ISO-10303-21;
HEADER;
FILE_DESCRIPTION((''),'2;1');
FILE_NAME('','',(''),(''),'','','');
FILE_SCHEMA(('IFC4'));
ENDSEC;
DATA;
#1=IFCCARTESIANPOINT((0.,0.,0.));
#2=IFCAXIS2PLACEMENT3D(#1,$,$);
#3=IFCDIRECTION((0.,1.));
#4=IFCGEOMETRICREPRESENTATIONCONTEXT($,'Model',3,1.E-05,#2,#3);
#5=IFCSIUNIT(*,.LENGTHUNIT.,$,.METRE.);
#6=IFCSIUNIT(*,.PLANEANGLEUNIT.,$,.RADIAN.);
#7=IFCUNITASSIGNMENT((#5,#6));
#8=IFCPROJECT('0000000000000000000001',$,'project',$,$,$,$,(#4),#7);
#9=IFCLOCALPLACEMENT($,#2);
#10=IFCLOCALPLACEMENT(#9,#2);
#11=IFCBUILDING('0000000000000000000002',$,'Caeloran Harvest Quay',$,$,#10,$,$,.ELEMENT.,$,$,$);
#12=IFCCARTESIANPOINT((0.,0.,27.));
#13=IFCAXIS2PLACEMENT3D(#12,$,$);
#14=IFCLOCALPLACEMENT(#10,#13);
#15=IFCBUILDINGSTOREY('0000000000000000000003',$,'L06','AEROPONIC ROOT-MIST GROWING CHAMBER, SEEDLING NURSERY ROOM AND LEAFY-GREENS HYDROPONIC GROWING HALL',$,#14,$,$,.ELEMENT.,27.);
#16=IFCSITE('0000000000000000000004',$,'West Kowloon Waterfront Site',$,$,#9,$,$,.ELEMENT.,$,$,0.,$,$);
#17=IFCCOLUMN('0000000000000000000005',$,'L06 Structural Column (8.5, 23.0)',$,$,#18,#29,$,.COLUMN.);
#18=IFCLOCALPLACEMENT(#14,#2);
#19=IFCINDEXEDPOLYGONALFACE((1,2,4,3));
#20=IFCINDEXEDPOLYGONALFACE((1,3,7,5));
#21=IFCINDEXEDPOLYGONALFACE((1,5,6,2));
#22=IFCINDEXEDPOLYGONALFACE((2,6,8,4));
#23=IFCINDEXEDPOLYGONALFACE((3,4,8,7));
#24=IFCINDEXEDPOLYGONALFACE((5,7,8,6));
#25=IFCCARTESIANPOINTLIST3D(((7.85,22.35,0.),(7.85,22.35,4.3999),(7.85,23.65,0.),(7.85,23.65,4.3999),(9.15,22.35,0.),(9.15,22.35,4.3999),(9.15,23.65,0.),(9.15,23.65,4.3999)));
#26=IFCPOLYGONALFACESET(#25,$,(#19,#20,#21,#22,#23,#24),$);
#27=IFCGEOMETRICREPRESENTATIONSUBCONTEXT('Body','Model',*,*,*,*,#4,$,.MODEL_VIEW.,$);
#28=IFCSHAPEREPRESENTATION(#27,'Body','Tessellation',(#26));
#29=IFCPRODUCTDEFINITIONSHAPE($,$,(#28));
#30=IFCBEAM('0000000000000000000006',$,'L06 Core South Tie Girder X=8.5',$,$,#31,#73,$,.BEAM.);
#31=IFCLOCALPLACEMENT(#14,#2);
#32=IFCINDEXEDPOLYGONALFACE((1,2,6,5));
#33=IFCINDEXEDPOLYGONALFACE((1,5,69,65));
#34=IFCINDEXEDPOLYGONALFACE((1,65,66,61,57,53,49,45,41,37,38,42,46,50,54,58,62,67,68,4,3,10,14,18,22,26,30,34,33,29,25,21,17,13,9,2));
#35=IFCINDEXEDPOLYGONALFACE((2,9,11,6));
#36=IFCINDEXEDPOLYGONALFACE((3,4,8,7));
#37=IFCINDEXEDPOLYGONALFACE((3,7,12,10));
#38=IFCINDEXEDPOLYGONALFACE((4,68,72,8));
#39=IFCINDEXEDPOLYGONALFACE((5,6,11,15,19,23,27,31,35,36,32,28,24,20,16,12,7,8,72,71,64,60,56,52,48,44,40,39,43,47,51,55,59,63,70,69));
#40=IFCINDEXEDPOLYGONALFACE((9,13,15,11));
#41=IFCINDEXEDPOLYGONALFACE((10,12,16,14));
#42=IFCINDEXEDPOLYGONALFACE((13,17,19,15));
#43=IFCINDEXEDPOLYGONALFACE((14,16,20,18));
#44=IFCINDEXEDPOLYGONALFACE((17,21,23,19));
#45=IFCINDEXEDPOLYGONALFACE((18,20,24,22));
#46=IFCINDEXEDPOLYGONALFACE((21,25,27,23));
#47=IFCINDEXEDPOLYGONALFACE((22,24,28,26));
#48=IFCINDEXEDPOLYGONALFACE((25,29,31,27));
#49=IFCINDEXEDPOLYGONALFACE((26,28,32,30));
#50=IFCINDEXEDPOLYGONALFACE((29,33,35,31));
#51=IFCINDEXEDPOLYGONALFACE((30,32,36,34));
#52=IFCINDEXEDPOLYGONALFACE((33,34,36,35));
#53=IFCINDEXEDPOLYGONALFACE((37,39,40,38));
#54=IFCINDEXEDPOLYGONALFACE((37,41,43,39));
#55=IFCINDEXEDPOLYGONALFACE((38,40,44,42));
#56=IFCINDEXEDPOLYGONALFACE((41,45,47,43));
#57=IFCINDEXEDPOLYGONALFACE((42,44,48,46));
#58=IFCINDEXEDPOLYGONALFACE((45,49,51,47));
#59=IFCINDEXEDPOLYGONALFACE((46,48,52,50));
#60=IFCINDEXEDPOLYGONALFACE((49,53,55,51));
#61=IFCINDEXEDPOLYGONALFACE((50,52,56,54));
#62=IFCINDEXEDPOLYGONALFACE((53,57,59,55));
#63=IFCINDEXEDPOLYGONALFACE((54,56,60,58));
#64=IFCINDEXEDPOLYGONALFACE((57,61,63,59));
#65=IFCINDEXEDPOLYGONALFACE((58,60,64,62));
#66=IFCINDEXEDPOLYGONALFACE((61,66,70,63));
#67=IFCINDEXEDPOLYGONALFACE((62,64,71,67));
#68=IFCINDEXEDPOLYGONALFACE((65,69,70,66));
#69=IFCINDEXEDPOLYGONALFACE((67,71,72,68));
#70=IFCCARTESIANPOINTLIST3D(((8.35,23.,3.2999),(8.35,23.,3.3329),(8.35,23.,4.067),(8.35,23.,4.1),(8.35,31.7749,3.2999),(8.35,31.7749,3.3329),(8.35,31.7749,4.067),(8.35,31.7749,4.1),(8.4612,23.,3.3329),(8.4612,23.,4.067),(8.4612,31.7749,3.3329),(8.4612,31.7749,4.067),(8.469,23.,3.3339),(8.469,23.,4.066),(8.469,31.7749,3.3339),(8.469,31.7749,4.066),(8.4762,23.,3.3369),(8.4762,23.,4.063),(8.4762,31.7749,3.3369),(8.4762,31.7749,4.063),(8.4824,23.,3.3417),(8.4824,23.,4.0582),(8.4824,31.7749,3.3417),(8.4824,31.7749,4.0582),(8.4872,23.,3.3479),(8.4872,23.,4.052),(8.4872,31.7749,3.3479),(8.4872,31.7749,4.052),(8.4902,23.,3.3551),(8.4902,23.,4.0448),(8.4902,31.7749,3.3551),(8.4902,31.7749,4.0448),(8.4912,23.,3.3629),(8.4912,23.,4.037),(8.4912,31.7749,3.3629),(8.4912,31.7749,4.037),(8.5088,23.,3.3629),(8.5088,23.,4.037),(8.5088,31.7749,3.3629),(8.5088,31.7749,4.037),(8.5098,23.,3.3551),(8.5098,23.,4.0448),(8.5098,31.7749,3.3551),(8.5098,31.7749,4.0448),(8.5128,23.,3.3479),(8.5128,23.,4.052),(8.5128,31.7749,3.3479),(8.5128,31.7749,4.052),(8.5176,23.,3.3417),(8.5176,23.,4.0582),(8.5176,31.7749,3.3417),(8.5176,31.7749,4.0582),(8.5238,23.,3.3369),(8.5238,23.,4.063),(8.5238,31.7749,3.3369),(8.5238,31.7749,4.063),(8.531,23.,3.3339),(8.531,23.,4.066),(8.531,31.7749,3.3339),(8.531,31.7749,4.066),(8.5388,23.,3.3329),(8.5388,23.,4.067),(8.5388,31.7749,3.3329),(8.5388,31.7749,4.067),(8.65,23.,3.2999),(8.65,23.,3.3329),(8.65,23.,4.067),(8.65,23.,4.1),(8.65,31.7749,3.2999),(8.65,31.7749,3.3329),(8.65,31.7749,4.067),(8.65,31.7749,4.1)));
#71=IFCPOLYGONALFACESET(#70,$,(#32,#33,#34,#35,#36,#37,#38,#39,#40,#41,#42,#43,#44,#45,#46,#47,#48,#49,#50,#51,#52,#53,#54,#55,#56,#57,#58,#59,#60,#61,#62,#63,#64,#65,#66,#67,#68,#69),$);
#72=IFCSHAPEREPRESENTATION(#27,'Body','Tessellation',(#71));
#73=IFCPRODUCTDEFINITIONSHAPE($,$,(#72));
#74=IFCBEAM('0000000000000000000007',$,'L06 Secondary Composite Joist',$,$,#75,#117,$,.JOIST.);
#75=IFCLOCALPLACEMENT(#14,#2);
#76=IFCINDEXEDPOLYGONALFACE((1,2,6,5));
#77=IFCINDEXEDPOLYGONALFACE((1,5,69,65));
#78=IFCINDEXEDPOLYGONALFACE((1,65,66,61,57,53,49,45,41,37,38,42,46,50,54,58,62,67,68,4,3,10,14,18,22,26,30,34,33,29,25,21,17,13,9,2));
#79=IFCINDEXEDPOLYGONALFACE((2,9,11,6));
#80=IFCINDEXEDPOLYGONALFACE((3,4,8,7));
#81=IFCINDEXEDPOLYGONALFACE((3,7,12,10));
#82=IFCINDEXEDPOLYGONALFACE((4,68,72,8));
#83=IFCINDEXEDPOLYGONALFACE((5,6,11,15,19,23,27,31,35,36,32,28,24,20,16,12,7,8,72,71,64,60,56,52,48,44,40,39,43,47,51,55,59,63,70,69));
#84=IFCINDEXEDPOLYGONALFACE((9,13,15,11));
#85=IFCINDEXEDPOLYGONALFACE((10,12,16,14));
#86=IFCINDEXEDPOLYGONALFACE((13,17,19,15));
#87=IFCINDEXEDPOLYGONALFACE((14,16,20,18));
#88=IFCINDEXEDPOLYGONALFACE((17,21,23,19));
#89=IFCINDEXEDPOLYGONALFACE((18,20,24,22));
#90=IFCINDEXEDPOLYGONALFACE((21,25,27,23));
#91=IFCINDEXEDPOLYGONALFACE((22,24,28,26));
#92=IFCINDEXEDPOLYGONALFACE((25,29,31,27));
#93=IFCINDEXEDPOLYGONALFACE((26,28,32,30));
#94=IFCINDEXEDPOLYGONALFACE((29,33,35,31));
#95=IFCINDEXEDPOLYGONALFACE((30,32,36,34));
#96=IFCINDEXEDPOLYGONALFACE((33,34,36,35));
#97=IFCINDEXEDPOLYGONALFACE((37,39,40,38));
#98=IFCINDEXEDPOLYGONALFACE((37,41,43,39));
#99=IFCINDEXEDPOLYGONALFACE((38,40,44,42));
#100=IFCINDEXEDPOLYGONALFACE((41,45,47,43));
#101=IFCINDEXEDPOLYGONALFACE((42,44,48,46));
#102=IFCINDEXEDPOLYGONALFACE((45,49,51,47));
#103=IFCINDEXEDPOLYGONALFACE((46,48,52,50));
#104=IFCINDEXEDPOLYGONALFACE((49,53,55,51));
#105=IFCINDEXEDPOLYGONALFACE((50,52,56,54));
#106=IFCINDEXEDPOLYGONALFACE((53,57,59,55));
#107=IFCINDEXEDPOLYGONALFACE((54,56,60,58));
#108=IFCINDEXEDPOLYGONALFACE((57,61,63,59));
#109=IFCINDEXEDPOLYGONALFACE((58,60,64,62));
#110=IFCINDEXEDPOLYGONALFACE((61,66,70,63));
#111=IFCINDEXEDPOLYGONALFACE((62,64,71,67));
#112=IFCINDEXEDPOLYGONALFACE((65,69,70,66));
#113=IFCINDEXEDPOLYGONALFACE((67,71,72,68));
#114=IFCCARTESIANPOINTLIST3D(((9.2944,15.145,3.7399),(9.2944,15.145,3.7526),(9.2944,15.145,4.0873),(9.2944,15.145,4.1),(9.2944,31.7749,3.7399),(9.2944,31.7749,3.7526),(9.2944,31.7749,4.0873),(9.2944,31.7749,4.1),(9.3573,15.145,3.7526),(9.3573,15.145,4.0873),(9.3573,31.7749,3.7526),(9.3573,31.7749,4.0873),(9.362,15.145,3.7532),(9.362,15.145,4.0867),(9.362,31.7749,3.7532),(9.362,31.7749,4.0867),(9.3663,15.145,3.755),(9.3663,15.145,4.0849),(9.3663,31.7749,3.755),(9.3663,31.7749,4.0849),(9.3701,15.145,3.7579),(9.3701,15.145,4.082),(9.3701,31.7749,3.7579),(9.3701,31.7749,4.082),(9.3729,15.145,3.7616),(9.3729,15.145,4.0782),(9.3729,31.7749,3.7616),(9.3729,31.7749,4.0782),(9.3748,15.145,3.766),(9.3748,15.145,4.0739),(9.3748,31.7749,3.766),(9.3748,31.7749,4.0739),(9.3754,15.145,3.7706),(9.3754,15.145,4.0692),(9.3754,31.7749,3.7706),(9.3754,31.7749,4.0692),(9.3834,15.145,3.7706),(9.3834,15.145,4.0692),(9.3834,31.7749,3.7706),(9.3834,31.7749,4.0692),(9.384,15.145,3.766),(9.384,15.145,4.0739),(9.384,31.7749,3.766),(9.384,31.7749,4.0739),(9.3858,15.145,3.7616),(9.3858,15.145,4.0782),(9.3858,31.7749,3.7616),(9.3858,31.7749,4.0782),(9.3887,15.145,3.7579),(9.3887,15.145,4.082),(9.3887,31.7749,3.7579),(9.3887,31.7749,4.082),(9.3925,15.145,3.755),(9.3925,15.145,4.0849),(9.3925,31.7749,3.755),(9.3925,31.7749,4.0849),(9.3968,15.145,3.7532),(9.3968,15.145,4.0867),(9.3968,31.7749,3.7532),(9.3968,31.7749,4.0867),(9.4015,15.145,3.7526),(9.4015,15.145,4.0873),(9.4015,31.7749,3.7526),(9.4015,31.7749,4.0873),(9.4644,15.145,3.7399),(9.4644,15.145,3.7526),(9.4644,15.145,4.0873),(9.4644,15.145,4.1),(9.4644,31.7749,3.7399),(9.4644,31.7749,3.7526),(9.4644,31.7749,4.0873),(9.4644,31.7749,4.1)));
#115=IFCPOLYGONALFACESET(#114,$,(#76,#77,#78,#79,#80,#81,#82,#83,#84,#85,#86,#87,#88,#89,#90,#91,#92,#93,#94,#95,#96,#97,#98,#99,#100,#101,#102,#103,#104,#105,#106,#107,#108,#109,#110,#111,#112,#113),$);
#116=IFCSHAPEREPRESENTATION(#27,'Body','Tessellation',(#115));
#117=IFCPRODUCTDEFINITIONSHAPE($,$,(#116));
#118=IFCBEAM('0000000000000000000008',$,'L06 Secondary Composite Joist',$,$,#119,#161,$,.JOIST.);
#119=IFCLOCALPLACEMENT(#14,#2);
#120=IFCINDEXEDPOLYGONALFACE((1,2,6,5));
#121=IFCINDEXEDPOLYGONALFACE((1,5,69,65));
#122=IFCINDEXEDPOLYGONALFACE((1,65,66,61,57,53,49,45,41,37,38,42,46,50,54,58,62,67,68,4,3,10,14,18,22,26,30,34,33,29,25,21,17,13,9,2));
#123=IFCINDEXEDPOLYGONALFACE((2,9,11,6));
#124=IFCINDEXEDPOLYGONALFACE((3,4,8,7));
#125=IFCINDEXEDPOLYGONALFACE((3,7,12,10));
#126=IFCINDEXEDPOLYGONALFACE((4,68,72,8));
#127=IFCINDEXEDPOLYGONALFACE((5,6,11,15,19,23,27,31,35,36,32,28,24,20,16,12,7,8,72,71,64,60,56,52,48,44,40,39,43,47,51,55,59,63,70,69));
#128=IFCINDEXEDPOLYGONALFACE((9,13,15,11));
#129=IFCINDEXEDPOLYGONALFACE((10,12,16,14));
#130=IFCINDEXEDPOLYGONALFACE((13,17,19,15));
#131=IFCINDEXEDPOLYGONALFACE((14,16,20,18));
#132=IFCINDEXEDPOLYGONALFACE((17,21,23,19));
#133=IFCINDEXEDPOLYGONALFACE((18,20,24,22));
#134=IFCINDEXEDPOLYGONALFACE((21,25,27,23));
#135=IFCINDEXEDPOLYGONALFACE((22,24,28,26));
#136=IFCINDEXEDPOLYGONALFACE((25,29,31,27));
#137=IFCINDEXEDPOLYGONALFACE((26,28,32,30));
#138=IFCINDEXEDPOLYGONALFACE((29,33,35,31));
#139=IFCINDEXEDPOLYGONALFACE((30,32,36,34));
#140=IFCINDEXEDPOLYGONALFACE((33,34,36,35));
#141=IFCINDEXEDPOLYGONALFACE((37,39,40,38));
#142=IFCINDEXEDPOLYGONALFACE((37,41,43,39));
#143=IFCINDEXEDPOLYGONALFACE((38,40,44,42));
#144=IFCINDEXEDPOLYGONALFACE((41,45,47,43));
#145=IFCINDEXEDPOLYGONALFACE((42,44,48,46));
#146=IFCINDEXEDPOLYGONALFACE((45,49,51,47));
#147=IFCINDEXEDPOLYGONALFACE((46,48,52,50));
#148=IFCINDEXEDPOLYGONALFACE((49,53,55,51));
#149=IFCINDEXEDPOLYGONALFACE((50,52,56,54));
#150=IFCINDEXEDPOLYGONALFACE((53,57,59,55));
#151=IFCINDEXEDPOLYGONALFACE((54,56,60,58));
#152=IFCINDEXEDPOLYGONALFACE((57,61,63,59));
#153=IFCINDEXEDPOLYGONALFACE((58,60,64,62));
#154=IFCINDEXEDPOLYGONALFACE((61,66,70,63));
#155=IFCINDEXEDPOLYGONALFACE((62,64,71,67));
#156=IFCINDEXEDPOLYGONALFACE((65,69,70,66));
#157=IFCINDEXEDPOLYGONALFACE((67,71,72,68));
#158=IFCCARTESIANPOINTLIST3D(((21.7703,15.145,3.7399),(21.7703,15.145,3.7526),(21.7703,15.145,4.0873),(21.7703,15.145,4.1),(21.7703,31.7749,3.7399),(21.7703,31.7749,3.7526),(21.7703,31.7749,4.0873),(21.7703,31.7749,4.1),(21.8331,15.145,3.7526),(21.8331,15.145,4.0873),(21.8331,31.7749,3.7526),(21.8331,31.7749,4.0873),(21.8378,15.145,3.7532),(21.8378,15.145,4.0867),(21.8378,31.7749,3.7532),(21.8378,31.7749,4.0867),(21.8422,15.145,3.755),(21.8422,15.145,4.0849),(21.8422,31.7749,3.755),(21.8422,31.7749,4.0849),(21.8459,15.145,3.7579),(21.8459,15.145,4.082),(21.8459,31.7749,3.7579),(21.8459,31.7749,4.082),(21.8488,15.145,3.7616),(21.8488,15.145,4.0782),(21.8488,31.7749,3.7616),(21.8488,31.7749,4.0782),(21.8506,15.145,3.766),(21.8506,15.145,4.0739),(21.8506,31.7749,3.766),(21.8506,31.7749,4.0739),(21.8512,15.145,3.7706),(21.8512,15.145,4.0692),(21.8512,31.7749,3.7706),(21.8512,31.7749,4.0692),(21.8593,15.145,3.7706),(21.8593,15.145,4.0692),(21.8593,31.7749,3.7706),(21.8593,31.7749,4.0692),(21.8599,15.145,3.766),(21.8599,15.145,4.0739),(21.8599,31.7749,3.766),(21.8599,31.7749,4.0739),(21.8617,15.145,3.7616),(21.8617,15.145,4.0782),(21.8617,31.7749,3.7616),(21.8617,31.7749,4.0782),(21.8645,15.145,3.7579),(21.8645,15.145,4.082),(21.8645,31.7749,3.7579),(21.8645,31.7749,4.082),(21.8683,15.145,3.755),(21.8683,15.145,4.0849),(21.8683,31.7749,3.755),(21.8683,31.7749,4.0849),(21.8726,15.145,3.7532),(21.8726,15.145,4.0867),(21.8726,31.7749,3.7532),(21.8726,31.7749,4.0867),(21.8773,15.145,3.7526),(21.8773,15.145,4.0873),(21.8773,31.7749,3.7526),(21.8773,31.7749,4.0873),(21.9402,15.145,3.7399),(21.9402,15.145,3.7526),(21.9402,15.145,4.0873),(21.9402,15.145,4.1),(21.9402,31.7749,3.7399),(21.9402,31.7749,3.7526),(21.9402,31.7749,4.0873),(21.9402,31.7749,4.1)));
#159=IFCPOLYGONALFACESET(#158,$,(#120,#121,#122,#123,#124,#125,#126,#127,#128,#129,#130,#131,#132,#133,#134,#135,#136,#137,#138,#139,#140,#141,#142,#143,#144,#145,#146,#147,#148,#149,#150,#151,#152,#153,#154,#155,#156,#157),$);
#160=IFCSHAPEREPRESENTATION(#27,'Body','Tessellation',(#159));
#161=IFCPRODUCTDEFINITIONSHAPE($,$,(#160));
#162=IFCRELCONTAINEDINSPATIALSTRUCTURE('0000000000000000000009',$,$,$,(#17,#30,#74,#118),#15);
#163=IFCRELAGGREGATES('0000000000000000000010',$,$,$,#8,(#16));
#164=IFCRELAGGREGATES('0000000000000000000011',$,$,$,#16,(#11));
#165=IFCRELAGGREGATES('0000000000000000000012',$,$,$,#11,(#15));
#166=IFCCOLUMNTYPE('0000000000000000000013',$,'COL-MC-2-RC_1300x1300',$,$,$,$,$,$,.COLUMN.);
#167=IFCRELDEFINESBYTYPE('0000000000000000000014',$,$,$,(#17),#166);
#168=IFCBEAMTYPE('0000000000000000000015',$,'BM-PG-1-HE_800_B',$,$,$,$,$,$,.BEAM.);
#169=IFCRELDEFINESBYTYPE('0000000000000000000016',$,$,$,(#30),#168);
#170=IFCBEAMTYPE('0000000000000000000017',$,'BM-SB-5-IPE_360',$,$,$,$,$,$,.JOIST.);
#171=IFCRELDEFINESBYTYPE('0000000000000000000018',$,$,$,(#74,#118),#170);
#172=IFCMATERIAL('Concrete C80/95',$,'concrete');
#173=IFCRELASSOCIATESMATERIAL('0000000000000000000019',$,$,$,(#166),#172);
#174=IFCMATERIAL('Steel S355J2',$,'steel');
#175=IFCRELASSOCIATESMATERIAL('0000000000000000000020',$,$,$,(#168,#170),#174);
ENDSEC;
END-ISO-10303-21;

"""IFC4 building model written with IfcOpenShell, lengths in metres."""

from ifc_helpers import new_model, si_unit, direction, frame, origin, origin_2d, place, context, subcontext, project, spatial, rectangle, i_section, extrude, material, material_profile, profile_set, type_object, element, save


model = new_model("IFC4")

# Units and contexts
model_context = context("Model", 3, precision=1e-05, world=origin(), true_north=direction((0.0, 1.0)))
body_context = subcontext(model_context, "Body", "Model", "MODEL_VIEW")
ifc_project = project(units=[si_unit("LENGTHUNIT", "METRE"), si_unit("PLANEANGLEUNIT", "RADIAN")], contexts=[model_context])

# Site, building, storey
site_placement = place(None, origin())
site = spatial("IfcSite", under=ifc_project, at=site_placement, Name="West Kowloon Waterfront Site", CompositionType="ELEMENT", RefElevation=0.0)
building_placement = place(site_placement, origin())
building = spatial("IfcBuilding", under=site, at=building_placement, Name="Caeloran Harvest Quay", CompositionType="ELEMENT")
storey_placement = place(building_placement, frame((0.0, 0.0, 27.0)))
storey = spatial("IfcBuildingStorey", under=building, at=storey_placement, Name="L06", Description="AEROPONIC ROOT-MIST GROWING CHAMBER, SEEDLING NURSERY ROOM AND LEAFY-GREENS HYDROPONIC GROWING HALL", CompositionType="ELEMENT", Elevation=27.0)

# Column
ifc_material_1 = material(Name="Concrete C80/95", Category="concrete")
ifc_material_profile_1 = material_profile(ifc_material_1, rectangle(XDim=1.3, YDim=1.3, at=origin_2d()), Name="RC 1300x1300")
ifc_profile_set_1 = profile_set([ifc_material_profile_1], Name="Concrete C80/95")
column_type = type_object("IfcColumnType", Name="COL-MC-2-RC_1300x1300", PredefinedType="COLUMN", material=ifc_profile_set_1)
column_placement = place(storey_placement, frame((8.5, 23.0, 0.0), z_axis=(0.0, 0.0, 1.0), x_axis=(1.0, 0.0, 0.0)))
element("IfcColumn", 1, at=column_placement, inside=storey, type_object=column_type, Name="L06 Structural Column (8.5, 23.0)", PredefinedType="COLUMN", context=body_context, shape_type="SweptSolid", body=[
    extrude(rectangle(XDim=1.3, YDim=1.3, at=origin_2d()), origin(), (0.0, 0.0, 1.0), 4.3999),
])

# Beams
ifc_material_2 = material(Name="Steel S355J2", Category="steel")
ifc_material_profile_2 = material_profile(ifc_material_2, i_section(OverallWidth=0.3, OverallDepth=0.8, WebThickness=0.0176, FlangeThickness=0.033, FilletRadius=0.03, at=origin_2d()), Name="HE 800 B")
ifc_profile_set_2 = profile_set([ifc_material_profile_2], Name="Steel S355J2")
beam_type_1 = type_object("IfcBeamType", Name="BM-PG-1-HE_800_B", PredefinedType="BEAM", material=ifc_profile_set_2)
beam_placement = place(storey_placement, frame((8.5, 23.0, 3.7), z_axis=(0.0, 1.0, 0.0), x_axis=(-1.0, 0.0, 0.0)))
element("IfcBeam", 2, at=beam_placement, inside=storey, type_object=beam_type_1, Name="L06 Core South Tie Girder X=8.5", PredefinedType="BEAM", context=body_context, shape_type="SweptSolid", body=[
    extrude(i_section(OverallWidth=0.3, OverallDepth=0.8, WebThickness=0.0176, FlangeThickness=0.033, FilletRadius=0.03, at=origin_2d()), origin(), (0.0, 0.0, 1.0), 8.7749),
])
ifc_material_profile_3 = material_profile(ifc_material_2, i_section(OverallWidth=0.1699, OverallDepth=0.3601, WebThickness=0.0081, FlangeThickness=0.0127, FilletRadius=0.0181, at=origin_2d()), Name="IPE 360")
ifc_profile_set_3 = profile_set([ifc_material_profile_3], Name="Steel S355J2")
beam_type_2 = type_object("IfcBeamType", Name="BM-SB-5-IPE_360", PredefinedType="JOIST", material=ifc_profile_set_3)
for number, where, z_axis, x_axis, name in (
    (3, (9.3794, 15.145, 3.9199), (0.0, 1.0, 0.0), (-1.0, 0.0, 0.0), "L06 Secondary Composite Joist"),
    (4, (21.8552, 15.145, 3.9199), (0.0, 1.0, 0.0), (-1.0, 0.0, 0.0), "L06 Secondary Composite Joist"),
):
    element("IfcBeam", number, at=place(storey_placement, frame(where, z_axis=z_axis, x_axis=x_axis)), inside=storey, type_object=beam_type_2, Name=name, PredefinedType="JOIST", context=body_context, shape_type="SweptSolid", body=[
        extrude(i_section(OverallWidth=0.1699, OverallDepth=0.3601, WebThickness=0.0081, FlangeThickness=0.0127, FilletRadius=0.0181, at=origin_2d()), origin(), (0.0, 0.0, 1.0), 16.6299),
    ])

save(model, "model.ifc")
